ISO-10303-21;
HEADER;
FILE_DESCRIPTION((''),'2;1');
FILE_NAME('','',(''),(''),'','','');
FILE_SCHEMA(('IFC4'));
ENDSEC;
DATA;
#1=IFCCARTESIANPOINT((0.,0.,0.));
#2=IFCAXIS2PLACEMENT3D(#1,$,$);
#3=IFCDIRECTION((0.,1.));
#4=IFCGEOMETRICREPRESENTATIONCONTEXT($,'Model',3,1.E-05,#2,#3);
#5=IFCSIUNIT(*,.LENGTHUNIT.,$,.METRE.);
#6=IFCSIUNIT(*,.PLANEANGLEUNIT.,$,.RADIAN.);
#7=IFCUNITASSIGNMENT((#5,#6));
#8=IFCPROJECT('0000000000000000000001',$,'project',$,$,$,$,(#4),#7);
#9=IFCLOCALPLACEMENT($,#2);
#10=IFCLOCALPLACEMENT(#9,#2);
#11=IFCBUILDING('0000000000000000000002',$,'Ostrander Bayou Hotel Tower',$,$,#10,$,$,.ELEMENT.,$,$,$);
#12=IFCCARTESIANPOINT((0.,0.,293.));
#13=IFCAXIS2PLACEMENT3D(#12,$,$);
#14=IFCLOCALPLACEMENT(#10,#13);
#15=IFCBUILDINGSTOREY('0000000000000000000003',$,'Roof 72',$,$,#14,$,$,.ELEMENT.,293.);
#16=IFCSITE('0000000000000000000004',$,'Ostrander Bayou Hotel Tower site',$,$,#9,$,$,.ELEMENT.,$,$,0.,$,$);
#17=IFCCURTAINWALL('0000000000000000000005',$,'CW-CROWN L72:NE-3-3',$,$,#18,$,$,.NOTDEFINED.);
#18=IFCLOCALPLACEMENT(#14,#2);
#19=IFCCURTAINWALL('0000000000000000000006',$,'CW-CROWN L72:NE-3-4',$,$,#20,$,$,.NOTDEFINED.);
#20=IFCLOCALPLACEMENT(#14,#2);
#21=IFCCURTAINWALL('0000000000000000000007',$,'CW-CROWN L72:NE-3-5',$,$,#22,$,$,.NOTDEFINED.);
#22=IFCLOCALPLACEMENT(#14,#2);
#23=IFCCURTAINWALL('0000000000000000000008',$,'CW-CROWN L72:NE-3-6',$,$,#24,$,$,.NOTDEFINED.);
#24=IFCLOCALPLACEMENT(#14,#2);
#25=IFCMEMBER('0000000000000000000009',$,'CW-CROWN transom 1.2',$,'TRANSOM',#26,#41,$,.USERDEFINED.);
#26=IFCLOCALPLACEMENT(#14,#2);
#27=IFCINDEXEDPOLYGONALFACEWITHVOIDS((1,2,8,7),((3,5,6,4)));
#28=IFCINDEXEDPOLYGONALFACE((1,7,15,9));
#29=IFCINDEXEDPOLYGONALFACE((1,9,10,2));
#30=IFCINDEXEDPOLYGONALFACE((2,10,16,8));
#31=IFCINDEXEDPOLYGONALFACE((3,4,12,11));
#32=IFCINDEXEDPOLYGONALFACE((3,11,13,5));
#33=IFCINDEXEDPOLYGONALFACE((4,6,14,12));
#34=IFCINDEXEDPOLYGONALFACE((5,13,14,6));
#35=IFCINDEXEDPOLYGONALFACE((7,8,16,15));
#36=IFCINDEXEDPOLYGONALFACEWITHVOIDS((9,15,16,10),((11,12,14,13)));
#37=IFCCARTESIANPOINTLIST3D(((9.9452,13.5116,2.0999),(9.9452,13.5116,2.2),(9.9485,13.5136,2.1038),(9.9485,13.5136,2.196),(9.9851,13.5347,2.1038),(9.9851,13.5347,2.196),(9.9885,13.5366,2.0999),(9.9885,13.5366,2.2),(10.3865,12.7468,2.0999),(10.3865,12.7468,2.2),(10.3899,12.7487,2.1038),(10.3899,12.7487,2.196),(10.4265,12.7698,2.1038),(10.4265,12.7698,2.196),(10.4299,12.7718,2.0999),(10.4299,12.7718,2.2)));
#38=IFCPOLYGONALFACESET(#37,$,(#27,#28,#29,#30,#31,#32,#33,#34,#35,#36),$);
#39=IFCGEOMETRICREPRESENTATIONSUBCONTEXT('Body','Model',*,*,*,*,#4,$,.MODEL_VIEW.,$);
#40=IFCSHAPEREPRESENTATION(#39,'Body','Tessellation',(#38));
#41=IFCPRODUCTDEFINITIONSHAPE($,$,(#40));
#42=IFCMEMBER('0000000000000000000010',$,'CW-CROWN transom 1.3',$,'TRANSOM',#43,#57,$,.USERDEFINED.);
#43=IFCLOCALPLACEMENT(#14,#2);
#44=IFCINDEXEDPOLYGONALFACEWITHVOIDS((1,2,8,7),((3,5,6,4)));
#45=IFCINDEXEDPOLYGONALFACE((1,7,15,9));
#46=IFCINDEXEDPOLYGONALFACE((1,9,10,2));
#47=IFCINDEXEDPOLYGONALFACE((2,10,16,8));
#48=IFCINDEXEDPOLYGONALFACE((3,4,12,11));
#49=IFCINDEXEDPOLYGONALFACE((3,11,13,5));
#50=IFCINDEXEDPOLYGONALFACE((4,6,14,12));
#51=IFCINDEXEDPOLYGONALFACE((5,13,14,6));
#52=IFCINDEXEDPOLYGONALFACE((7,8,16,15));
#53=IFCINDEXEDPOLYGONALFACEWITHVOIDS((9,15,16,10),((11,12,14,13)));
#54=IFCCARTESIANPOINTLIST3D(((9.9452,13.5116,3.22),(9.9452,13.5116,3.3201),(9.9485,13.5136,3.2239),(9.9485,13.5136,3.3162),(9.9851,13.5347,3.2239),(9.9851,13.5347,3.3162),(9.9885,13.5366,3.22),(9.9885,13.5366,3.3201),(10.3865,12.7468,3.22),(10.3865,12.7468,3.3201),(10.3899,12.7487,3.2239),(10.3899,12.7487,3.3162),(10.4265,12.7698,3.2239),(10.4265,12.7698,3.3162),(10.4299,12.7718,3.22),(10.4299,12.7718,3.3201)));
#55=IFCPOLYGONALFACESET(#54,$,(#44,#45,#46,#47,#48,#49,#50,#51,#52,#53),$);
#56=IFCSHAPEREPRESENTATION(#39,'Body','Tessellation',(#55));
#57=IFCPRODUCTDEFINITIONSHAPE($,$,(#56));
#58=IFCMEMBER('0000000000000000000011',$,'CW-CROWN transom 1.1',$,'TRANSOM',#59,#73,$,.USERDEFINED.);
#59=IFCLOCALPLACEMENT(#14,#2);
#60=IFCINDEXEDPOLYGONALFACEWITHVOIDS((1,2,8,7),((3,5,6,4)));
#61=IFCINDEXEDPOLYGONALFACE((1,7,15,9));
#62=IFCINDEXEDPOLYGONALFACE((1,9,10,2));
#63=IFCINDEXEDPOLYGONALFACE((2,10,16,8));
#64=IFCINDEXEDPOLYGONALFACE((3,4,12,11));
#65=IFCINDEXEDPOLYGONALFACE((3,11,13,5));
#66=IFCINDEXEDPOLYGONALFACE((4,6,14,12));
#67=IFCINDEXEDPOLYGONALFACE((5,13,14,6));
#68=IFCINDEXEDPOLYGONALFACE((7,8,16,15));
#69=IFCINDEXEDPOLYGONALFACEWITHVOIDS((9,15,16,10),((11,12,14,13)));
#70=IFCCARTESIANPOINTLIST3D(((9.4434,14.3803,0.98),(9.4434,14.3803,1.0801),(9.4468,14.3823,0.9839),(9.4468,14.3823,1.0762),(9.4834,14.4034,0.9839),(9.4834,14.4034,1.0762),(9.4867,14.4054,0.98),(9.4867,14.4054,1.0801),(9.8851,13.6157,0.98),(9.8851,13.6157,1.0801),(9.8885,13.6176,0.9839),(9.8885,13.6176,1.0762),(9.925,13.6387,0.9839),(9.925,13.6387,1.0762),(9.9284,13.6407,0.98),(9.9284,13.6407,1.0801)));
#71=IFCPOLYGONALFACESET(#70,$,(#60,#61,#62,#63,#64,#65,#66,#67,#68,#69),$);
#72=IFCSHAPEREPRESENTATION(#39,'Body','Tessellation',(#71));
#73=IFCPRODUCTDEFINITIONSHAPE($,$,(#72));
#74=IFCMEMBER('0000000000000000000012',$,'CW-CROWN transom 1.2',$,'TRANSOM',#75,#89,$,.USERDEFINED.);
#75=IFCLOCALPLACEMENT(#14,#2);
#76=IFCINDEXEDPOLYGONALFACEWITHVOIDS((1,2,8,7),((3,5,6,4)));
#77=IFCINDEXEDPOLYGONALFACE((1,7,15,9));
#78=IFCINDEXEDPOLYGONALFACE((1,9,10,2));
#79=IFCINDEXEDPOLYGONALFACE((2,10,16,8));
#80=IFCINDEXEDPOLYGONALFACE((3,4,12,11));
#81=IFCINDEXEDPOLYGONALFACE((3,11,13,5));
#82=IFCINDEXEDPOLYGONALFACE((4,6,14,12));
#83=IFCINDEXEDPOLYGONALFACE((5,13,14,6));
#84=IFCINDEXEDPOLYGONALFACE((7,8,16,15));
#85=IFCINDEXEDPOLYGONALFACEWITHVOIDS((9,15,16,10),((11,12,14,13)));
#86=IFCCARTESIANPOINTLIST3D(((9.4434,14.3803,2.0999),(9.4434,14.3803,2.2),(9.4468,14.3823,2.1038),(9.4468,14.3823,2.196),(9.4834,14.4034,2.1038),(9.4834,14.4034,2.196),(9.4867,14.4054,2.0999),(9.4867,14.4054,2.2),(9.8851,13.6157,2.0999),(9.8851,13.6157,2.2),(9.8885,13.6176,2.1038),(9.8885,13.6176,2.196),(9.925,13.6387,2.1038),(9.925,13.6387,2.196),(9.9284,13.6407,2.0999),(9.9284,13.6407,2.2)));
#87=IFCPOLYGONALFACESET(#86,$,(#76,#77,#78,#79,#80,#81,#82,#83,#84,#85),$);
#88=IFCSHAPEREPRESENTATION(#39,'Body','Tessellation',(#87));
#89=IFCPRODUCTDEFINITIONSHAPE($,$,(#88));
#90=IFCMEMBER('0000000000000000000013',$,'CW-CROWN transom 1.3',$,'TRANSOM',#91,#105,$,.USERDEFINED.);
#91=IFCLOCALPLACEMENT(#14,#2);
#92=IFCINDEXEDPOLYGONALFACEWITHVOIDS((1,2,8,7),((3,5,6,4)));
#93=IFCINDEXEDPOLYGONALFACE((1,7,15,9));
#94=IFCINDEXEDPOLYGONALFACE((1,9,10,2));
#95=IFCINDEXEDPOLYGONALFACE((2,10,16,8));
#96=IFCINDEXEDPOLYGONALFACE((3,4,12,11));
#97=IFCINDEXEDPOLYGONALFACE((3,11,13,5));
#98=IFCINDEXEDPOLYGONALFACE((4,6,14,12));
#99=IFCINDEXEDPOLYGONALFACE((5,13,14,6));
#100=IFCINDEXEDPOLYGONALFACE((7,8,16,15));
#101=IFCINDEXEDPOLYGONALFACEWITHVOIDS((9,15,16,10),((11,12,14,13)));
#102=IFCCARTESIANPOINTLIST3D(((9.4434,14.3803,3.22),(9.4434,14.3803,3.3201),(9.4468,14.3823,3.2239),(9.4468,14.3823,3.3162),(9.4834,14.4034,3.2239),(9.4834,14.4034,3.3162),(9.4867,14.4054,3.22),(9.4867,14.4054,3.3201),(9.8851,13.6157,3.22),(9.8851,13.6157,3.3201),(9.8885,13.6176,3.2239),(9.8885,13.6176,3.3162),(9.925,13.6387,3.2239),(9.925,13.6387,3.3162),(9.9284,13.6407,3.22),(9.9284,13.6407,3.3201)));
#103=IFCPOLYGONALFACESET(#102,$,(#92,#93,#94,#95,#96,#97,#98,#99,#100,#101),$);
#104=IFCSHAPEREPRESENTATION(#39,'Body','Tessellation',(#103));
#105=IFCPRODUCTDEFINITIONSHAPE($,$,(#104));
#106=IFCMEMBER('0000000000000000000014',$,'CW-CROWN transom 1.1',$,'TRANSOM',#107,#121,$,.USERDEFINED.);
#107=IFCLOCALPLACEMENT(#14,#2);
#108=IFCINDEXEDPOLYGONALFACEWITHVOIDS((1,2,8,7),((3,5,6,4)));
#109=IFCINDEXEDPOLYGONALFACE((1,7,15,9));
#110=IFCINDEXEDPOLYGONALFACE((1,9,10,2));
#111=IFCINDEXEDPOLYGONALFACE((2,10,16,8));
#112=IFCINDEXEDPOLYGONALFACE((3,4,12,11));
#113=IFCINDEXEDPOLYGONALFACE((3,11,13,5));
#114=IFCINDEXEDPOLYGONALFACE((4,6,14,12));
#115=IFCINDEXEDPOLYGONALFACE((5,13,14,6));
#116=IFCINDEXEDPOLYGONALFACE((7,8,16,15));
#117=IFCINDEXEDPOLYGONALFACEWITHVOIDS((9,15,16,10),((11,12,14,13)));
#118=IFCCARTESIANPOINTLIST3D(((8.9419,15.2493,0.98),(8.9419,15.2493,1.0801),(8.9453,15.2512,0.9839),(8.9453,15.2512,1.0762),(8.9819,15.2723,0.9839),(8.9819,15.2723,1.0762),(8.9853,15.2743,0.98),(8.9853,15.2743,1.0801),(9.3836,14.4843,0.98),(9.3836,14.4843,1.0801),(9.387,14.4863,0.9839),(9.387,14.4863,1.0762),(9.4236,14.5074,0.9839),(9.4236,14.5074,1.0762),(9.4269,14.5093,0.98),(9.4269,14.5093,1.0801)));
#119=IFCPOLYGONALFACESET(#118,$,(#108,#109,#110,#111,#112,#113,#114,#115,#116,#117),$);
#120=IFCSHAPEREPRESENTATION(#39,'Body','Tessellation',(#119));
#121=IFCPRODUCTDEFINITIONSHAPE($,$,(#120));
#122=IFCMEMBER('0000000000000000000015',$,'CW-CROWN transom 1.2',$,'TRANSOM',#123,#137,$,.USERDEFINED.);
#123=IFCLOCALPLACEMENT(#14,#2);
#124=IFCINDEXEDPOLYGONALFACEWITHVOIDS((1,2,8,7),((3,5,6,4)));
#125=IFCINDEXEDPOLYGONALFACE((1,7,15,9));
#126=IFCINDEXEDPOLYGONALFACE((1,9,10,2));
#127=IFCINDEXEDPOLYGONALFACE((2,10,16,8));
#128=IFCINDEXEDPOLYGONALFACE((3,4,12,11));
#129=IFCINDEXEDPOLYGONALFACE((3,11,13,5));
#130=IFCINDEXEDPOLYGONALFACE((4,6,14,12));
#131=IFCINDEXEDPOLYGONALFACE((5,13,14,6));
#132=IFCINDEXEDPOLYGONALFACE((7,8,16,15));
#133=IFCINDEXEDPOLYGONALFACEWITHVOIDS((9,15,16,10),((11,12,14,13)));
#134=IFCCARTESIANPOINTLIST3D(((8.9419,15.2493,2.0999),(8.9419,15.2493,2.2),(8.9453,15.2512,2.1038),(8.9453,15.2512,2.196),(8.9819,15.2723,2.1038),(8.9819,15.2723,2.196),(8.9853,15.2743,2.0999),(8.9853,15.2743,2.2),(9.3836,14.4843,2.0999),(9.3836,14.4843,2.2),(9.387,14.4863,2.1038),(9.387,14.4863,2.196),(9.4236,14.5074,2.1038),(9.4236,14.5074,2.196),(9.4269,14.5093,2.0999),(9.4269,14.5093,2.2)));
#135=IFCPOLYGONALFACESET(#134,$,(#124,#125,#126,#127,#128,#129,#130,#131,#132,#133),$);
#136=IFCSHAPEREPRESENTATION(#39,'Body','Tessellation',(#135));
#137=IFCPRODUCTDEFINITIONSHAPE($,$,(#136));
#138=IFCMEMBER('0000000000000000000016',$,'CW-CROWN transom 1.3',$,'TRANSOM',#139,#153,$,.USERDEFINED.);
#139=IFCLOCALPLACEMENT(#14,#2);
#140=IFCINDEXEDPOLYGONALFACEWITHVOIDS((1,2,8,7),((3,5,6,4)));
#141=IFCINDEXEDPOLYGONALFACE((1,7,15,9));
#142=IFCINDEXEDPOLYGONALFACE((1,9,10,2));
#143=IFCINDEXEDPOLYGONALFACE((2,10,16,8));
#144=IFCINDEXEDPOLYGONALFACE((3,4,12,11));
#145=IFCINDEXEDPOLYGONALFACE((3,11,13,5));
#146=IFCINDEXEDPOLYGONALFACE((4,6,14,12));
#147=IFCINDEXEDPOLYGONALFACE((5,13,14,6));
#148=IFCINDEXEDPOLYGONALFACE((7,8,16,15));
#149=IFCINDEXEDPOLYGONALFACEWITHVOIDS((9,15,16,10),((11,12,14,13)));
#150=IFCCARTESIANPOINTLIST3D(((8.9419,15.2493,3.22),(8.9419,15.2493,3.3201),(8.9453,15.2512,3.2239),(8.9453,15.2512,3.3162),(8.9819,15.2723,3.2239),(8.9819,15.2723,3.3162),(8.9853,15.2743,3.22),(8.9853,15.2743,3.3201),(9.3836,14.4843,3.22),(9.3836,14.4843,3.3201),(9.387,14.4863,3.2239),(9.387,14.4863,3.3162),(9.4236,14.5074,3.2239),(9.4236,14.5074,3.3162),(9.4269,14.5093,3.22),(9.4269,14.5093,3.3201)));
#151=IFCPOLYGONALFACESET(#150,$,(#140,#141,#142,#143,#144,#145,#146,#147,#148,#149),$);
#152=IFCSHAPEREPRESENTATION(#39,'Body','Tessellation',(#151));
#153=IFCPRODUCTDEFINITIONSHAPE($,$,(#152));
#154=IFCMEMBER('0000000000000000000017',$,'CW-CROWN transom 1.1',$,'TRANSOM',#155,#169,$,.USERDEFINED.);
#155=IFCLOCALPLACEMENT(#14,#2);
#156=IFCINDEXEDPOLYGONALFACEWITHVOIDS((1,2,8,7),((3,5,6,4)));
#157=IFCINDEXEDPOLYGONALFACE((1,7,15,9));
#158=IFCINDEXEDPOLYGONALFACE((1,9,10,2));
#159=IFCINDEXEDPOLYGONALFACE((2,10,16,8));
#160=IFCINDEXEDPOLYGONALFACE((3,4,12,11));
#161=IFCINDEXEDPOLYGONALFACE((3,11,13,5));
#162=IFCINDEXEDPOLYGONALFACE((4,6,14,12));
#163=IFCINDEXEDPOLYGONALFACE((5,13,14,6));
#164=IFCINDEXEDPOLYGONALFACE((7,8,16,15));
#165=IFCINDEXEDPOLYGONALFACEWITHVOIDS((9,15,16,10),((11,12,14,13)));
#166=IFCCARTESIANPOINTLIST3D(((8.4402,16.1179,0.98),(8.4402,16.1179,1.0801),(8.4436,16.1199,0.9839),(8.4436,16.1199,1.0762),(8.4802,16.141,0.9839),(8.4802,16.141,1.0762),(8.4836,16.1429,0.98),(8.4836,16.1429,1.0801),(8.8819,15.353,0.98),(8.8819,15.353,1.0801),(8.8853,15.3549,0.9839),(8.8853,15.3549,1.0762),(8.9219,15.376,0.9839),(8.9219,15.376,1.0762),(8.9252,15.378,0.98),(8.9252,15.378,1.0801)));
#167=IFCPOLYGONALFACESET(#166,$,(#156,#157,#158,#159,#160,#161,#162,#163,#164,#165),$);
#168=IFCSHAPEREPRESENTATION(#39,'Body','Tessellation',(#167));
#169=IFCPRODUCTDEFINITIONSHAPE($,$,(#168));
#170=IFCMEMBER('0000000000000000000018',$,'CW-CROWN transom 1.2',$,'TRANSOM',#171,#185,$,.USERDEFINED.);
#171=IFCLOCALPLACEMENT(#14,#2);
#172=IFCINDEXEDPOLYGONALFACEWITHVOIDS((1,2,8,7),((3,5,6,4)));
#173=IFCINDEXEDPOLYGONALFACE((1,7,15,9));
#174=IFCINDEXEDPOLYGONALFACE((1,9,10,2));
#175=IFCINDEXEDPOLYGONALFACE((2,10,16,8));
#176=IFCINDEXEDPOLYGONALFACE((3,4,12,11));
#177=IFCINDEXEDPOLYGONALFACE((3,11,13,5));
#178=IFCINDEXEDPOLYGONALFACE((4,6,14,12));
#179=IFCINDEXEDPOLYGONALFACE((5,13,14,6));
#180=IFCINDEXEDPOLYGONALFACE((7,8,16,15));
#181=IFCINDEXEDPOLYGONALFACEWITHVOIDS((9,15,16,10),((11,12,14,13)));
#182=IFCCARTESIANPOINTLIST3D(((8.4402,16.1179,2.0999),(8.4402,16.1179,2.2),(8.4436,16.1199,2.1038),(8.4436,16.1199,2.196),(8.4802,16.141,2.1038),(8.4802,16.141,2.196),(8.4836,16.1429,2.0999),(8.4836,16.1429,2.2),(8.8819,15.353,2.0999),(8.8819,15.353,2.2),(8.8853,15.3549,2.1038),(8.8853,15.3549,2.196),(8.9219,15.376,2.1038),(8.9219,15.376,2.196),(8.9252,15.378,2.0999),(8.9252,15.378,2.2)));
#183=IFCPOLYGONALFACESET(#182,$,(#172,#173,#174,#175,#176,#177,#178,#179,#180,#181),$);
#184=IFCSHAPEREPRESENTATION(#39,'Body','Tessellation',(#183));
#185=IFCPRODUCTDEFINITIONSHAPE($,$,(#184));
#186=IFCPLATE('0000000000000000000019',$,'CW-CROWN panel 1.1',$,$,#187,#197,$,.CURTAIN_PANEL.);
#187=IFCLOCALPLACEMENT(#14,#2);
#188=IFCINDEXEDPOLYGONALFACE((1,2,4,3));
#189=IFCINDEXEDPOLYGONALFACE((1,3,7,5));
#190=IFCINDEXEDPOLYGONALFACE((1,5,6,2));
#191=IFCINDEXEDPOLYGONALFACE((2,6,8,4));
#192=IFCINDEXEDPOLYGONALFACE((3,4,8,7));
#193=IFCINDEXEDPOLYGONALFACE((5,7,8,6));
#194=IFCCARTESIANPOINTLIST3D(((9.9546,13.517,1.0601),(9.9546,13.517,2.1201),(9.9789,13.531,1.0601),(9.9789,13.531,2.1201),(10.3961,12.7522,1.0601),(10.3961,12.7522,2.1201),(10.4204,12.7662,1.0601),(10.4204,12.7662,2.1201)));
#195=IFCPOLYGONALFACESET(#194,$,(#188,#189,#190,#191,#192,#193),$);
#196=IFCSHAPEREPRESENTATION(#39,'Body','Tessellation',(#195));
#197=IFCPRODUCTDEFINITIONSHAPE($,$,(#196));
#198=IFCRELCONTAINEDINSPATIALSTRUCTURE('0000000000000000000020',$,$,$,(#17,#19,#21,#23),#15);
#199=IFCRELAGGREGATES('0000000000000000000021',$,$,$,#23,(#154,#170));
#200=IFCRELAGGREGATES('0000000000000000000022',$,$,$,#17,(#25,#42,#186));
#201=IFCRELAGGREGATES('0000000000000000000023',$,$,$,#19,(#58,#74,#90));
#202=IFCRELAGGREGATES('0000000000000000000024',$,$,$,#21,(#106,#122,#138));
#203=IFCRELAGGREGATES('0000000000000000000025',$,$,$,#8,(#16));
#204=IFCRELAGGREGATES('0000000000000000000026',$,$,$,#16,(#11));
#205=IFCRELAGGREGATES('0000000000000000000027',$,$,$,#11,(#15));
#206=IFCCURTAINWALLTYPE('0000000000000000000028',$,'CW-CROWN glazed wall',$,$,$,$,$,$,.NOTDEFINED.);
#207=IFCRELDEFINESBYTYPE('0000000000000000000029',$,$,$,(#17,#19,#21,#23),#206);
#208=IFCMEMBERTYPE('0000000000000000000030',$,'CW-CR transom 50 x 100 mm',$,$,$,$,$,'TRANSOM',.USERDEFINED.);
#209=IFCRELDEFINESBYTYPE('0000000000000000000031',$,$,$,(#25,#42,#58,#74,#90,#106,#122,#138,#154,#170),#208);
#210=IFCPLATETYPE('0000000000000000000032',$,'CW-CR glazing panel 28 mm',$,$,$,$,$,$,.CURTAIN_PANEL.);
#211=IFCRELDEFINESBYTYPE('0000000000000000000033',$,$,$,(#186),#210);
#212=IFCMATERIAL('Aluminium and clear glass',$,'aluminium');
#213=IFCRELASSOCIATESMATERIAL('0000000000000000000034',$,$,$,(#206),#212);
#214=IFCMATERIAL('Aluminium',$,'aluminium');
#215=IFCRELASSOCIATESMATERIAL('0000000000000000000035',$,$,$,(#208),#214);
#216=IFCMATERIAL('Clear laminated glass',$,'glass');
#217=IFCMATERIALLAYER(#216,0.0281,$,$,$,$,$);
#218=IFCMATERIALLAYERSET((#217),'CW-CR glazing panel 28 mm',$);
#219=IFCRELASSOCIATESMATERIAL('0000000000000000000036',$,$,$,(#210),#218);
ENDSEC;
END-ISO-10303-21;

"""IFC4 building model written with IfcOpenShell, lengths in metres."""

from ifc_helpers import new_model, si_unit, direction, frame, origin, origin_2d, place, context, subcontext, project, spatial, rectangle, hollow_rectangle, extrude, material, layer, layer_set, material_profile, profile_set, type_object, element, aggregate, save


model = new_model("IFC4")

# Units and contexts
model_context = context("Model", 3, precision=1e-05, world=origin(), true_north=direction((0.0, 1.0)))
body_context = subcontext(model_context, "Body", "Model", "MODEL_VIEW")
ifc_project = project(units=[si_unit("LENGTHUNIT", "METRE"), si_unit("PLANEANGLEUNIT", "RADIAN")], contexts=[model_context])

# Site, building, storey
site_placement = place(None, origin())
site = spatial("IfcSite", under=ifc_project, at=site_placement, Name="Ostrander Bayou Hotel Tower site", CompositionType="ELEMENT", RefElevation=0.0)
building_placement = place(site_placement, origin())
building = spatial("IfcBuilding", under=site, at=building_placement, Name="Ostrander Bayou Hotel Tower", CompositionType="ELEMENT")
storey_placement = place(building_placement, frame((0.0, 0.0, 293.0)))
storey = spatial("IfcBuildingStorey", under=building, at=storey_placement, Name="Roof 72", CompositionType="ELEMENT", Elevation=293.0)

# Curtain wall
ifc_material_1 = material(Name="Aluminium and clear glass", Category="aluminium")
curtain_wall_type = type_object("IfcCurtainWallType", Name="CW-CROWN glazed wall", PredefinedType="NOTDEFINED", material=ifc_material_1)
curtain_wall_1_placement = place(storey_placement, origin())
curtain_wall_1 = element("IfcCurtainWall", 1, at=curtain_wall_1_placement, inside=storey, type_object=curtain_wall_type, Name="CW-CROWN L72:NE-3-3", PredefinedType="NOTDEFINED")

# Curtain walls
curtain_wall_2_placement = place(storey_placement, origin())
curtain_wall_2 = element("IfcCurtainWall", 2, at=curtain_wall_2_placement, inside=storey, type_object=curtain_wall_type, Name="CW-CROWN L72:NE-3-4", PredefinedType="NOTDEFINED")
curtain_wall_3_placement = place(storey_placement, origin())
curtain_wall_3 = element("IfcCurtainWall", 3, at=curtain_wall_3_placement, inside=storey, type_object=curtain_wall_type, Name="CW-CROWN L72:NE-3-5", PredefinedType="NOTDEFINED")

# Curtain wall
curtain_wall_4_placement = place(storey_placement, origin())
curtain_wall_4 = element("IfcCurtainWall", 4, at=curtain_wall_4_placement, inside=storey, type_object=curtain_wall_type, Name="CW-CROWN L72:NE-3-6", PredefinedType="NOTDEFINED")

# Members
ifc_material_2 = material(Name="Aluminium", Category="aluminium")
ifc_material_profile_1 = material_profile(ifc_material_2, hollow_rectangle(XDim=0.05, YDim=0.1001, WallThickness=0.0039, at=origin_2d()))
ifc_profile_set_1 = profile_set([ifc_material_profile_1], Name="Aluminium")
member_type_1 = type_object("IfcMemberType", Name="CW-CR transom 50 x 100 mm", ElementType="TRANSOM", PredefinedType="USERDEFINED", material=ifc_profile_set_1)
member_1_placement = place(storey_placement, frame((10.4082, 12.7593, 2.1499), z_axis=(-0.499826, 0.866126, 0.0), x_axis=(-0.866126, -0.499826, 0.0)))
member_1 = element("IfcMember", 5, at=member_1_placement, type_object=member_type_1, Name="CW-CROWN transom 1.2", ObjectType="TRANSOM", PredefinedType="USERDEFINED", context=body_context, shape_type="SweptSolid", body=[
    extrude(hollow_rectangle(XDim=0.05, YDim=0.1001, WallThickness=0.0039, at=origin_2d()), origin(), (0.0, 0.0, 1.0), 0.8831),
])
member_2_placement = place(storey_placement, frame((10.4082, 12.7593, 3.27), z_axis=(-0.499826, 0.866126, 0.0), x_axis=(-0.866126, -0.499826, 0.0)))
member_2 = element("IfcMember", 6, at=member_2_placement, type_object=member_type_1, Name="CW-CROWN transom 1.3", ObjectType="TRANSOM", PredefinedType="USERDEFINED", context=body_context, shape_type="SweptSolid", body=[
    extrude(hollow_rectangle(XDim=0.05, YDim=0.1001, WallThickness=0.0039, at=origin_2d()), origin(), (0.0, 0.0, 1.0), 0.8831),
])
member_3_placement = place(storey_placement, frame((9.9067, 13.6282, 1.03), z_axis=(-0.500153, 0.865937, 0.0), x_axis=(-0.865937, -0.500153, 0.0)))
member_3 = element("IfcMember", 7, at=member_3_placement, type_object=member_type_1, Name="CW-CROWN transom 1.1", ObjectType="TRANSOM", PredefinedType="USERDEFINED", context=body_context, shape_type="SweptSolid", body=[
    extrude(hollow_rectangle(XDim=0.05, YDim=0.1001, WallThickness=0.0039, at=origin_2d()), origin(), (0.0, 0.0, 1.0), 0.8831),
])
member_4_placement = place(storey_placement, frame((9.9067, 13.6282, 2.1499), z_axis=(-0.500153, 0.865937, 0.0), x_axis=(-0.865937, -0.500153, 0.0)))
member_4 = element("IfcMember", 8, at=member_4_placement, type_object=member_type_1, Name="CW-CROWN transom 1.2", ObjectType="TRANSOM", PredefinedType="USERDEFINED", context=body_context, shape_type="SweptSolid", body=[
    extrude(hollow_rectangle(XDim=0.05, YDim=0.1001, WallThickness=0.0039, at=origin_2d()), origin(), (0.0, 0.0, 1.0), 0.8831),
])
member_5_placement = place(storey_placement, frame((9.9067, 13.6282, 3.27), z_axis=(-0.500153, 0.865937, 0.0), x_axis=(-0.865937, -0.500153, 0.0)))
member_5 = element("IfcMember", 9, at=member_5_placement, type_object=member_type_1, Name="CW-CROWN transom 1.3", ObjectType="TRANSOM", PredefinedType="USERDEFINED", context=body_context, shape_type="SweptSolid", body=[
    extrude(hollow_rectangle(XDim=0.05, YDim=0.1001, WallThickness=0.0039, at=origin_2d()), origin(), (0.0, 0.0, 1.0), 0.8831),
])
member_6_placement = place(storey_placement, frame((9.4053, 14.4968, 1.03), z_axis=(-0.500034, 0.866006, 0.0), x_axis=(-0.866006, -0.500034, 0.0)))
member_6 = element("IfcMember", 10, at=member_6_placement, type_object=member_type_1, Name="CW-CROWN transom 1.1", ObjectType="TRANSOM", PredefinedType="USERDEFINED", context=body_context, shape_type="SweptSolid", body=[
    extrude(hollow_rectangle(XDim=0.05, YDim=0.1001, WallThickness=0.0039, at=origin_2d()), origin(), (0.0, 0.0, 1.0), 0.8833),
])
member_7_placement = place(storey_placement, frame((9.4053, 14.4968, 2.1499), z_axis=(-0.500034, 0.866006, 0.0), x_axis=(-0.866006, -0.500034, 0.0)))
member_7 = element("IfcMember", 11, at=member_7_placement, type_object=member_type_1, Name="CW-CROWN transom 1.2", ObjectType="TRANSOM", PredefinedType="USERDEFINED", context=body_context, shape_type="SweptSolid", body=[
    extrude(hollow_rectangle(XDim=0.05, YDim=0.1001, WallThickness=0.0039, at=origin_2d()), origin(), (0.0, 0.0, 1.0), 0.8833),
])
member_8_placement = place(storey_placement, frame((9.4053, 14.4968, 3.27), z_axis=(-0.500034, 0.866006, 0.0), x_axis=(-0.866006, -0.500034, 0.0)))
member_8 = element("IfcMember", 12, at=member_8_placement, type_object=member_type_1, Name="CW-CROWN transom 1.3", ObjectType="TRANSOM", PredefinedType="USERDEFINED", context=body_context, shape_type="SweptSolid", body=[
    extrude(hollow_rectangle(XDim=0.05, YDim=0.1001, WallThickness=0.0039, at=origin_2d()), origin(), (0.0, 0.0, 1.0), 0.8833),
])
member_9_placement = place(storey_placement, frame((8.9036, 15.3655, 1.03), z_axis=(-0.500034, 0.866006, 0.0), x_axis=(-0.866006, -0.500034, 0.0)))
member_9 = element("IfcMember", 13, at=member_9_placement, type_object=member_type_1, Name="CW-CROWN transom 1.1", ObjectType="TRANSOM", PredefinedType="USERDEFINED", context=body_context, shape_type="SweptSolid", body=[
    extrude(hollow_rectangle(XDim=0.05, YDim=0.1001, WallThickness=0.0039, at=origin_2d()), origin(), (0.0, 0.0, 1.0), 0.8833),
])
member_10_placement = place(storey_placement, frame((8.9036, 15.3655, 2.1499), z_axis=(-0.500034, 0.866006, 0.0), x_axis=(-0.866006, -0.500034, 0.0)))
member_10 = element("IfcMember", 14, at=member_10_placement, type_object=member_type_1, Name="CW-CROWN transom 1.2", ObjectType="TRANSOM", PredefinedType="USERDEFINED", context=body_context, shape_type="SweptSolid", body=[
    extrude(hollow_rectangle(XDim=0.05, YDim=0.1001, WallThickness=0.0039, at=origin_2d()), origin(), (0.0, 0.0, 1.0), 0.8833),
])
aggregate(curtain_wall_4, [member_9, member_10])

# Plate
ifc_material_3 = material(Name="Clear laminated glass", Category="glass")
ifc_layer_1 = layer(ifc_material_3, 0.0281)
ifc_layer_set_1 = layer_set([ifc_layer_1], Name="CW-CR glazing panel 28 mm")
plate_type = type_object("IfcPlateType", Name="CW-CR glazing panel 28 mm", PredefinedType="CURTAIN_PANEL", material=ifc_layer_set_1)
plate_1_placement = place(storey_placement, frame((10.1875, 13.1416, 1.0601), z_axis=(0.0, 0.0, 1.0), x_axis=(-0.499924, 0.866069, 0.0)))
plate_1 = element("IfcPlate", 15, at=plate_1_placement, type_object=plate_type, Name="CW-CROWN panel 1.1", PredefinedType="CURTAIN_PANEL", context=body_context, shape_type="SweptSolid", body=[
    extrude(rectangle(XDim=0.8831, YDim=0.0281, at=origin_2d()), origin(), (0.0, 0.0, 1.0), 1.0601),
])
aggregate(curtain_wall_1, [member_1, member_2, plate_1])
aggregate(curtain_wall_2, [member_3, member_4, member_5])
aggregate(curtain_wall_3, [member_6, member_7, member_8])

save(model, "model.ifc")
